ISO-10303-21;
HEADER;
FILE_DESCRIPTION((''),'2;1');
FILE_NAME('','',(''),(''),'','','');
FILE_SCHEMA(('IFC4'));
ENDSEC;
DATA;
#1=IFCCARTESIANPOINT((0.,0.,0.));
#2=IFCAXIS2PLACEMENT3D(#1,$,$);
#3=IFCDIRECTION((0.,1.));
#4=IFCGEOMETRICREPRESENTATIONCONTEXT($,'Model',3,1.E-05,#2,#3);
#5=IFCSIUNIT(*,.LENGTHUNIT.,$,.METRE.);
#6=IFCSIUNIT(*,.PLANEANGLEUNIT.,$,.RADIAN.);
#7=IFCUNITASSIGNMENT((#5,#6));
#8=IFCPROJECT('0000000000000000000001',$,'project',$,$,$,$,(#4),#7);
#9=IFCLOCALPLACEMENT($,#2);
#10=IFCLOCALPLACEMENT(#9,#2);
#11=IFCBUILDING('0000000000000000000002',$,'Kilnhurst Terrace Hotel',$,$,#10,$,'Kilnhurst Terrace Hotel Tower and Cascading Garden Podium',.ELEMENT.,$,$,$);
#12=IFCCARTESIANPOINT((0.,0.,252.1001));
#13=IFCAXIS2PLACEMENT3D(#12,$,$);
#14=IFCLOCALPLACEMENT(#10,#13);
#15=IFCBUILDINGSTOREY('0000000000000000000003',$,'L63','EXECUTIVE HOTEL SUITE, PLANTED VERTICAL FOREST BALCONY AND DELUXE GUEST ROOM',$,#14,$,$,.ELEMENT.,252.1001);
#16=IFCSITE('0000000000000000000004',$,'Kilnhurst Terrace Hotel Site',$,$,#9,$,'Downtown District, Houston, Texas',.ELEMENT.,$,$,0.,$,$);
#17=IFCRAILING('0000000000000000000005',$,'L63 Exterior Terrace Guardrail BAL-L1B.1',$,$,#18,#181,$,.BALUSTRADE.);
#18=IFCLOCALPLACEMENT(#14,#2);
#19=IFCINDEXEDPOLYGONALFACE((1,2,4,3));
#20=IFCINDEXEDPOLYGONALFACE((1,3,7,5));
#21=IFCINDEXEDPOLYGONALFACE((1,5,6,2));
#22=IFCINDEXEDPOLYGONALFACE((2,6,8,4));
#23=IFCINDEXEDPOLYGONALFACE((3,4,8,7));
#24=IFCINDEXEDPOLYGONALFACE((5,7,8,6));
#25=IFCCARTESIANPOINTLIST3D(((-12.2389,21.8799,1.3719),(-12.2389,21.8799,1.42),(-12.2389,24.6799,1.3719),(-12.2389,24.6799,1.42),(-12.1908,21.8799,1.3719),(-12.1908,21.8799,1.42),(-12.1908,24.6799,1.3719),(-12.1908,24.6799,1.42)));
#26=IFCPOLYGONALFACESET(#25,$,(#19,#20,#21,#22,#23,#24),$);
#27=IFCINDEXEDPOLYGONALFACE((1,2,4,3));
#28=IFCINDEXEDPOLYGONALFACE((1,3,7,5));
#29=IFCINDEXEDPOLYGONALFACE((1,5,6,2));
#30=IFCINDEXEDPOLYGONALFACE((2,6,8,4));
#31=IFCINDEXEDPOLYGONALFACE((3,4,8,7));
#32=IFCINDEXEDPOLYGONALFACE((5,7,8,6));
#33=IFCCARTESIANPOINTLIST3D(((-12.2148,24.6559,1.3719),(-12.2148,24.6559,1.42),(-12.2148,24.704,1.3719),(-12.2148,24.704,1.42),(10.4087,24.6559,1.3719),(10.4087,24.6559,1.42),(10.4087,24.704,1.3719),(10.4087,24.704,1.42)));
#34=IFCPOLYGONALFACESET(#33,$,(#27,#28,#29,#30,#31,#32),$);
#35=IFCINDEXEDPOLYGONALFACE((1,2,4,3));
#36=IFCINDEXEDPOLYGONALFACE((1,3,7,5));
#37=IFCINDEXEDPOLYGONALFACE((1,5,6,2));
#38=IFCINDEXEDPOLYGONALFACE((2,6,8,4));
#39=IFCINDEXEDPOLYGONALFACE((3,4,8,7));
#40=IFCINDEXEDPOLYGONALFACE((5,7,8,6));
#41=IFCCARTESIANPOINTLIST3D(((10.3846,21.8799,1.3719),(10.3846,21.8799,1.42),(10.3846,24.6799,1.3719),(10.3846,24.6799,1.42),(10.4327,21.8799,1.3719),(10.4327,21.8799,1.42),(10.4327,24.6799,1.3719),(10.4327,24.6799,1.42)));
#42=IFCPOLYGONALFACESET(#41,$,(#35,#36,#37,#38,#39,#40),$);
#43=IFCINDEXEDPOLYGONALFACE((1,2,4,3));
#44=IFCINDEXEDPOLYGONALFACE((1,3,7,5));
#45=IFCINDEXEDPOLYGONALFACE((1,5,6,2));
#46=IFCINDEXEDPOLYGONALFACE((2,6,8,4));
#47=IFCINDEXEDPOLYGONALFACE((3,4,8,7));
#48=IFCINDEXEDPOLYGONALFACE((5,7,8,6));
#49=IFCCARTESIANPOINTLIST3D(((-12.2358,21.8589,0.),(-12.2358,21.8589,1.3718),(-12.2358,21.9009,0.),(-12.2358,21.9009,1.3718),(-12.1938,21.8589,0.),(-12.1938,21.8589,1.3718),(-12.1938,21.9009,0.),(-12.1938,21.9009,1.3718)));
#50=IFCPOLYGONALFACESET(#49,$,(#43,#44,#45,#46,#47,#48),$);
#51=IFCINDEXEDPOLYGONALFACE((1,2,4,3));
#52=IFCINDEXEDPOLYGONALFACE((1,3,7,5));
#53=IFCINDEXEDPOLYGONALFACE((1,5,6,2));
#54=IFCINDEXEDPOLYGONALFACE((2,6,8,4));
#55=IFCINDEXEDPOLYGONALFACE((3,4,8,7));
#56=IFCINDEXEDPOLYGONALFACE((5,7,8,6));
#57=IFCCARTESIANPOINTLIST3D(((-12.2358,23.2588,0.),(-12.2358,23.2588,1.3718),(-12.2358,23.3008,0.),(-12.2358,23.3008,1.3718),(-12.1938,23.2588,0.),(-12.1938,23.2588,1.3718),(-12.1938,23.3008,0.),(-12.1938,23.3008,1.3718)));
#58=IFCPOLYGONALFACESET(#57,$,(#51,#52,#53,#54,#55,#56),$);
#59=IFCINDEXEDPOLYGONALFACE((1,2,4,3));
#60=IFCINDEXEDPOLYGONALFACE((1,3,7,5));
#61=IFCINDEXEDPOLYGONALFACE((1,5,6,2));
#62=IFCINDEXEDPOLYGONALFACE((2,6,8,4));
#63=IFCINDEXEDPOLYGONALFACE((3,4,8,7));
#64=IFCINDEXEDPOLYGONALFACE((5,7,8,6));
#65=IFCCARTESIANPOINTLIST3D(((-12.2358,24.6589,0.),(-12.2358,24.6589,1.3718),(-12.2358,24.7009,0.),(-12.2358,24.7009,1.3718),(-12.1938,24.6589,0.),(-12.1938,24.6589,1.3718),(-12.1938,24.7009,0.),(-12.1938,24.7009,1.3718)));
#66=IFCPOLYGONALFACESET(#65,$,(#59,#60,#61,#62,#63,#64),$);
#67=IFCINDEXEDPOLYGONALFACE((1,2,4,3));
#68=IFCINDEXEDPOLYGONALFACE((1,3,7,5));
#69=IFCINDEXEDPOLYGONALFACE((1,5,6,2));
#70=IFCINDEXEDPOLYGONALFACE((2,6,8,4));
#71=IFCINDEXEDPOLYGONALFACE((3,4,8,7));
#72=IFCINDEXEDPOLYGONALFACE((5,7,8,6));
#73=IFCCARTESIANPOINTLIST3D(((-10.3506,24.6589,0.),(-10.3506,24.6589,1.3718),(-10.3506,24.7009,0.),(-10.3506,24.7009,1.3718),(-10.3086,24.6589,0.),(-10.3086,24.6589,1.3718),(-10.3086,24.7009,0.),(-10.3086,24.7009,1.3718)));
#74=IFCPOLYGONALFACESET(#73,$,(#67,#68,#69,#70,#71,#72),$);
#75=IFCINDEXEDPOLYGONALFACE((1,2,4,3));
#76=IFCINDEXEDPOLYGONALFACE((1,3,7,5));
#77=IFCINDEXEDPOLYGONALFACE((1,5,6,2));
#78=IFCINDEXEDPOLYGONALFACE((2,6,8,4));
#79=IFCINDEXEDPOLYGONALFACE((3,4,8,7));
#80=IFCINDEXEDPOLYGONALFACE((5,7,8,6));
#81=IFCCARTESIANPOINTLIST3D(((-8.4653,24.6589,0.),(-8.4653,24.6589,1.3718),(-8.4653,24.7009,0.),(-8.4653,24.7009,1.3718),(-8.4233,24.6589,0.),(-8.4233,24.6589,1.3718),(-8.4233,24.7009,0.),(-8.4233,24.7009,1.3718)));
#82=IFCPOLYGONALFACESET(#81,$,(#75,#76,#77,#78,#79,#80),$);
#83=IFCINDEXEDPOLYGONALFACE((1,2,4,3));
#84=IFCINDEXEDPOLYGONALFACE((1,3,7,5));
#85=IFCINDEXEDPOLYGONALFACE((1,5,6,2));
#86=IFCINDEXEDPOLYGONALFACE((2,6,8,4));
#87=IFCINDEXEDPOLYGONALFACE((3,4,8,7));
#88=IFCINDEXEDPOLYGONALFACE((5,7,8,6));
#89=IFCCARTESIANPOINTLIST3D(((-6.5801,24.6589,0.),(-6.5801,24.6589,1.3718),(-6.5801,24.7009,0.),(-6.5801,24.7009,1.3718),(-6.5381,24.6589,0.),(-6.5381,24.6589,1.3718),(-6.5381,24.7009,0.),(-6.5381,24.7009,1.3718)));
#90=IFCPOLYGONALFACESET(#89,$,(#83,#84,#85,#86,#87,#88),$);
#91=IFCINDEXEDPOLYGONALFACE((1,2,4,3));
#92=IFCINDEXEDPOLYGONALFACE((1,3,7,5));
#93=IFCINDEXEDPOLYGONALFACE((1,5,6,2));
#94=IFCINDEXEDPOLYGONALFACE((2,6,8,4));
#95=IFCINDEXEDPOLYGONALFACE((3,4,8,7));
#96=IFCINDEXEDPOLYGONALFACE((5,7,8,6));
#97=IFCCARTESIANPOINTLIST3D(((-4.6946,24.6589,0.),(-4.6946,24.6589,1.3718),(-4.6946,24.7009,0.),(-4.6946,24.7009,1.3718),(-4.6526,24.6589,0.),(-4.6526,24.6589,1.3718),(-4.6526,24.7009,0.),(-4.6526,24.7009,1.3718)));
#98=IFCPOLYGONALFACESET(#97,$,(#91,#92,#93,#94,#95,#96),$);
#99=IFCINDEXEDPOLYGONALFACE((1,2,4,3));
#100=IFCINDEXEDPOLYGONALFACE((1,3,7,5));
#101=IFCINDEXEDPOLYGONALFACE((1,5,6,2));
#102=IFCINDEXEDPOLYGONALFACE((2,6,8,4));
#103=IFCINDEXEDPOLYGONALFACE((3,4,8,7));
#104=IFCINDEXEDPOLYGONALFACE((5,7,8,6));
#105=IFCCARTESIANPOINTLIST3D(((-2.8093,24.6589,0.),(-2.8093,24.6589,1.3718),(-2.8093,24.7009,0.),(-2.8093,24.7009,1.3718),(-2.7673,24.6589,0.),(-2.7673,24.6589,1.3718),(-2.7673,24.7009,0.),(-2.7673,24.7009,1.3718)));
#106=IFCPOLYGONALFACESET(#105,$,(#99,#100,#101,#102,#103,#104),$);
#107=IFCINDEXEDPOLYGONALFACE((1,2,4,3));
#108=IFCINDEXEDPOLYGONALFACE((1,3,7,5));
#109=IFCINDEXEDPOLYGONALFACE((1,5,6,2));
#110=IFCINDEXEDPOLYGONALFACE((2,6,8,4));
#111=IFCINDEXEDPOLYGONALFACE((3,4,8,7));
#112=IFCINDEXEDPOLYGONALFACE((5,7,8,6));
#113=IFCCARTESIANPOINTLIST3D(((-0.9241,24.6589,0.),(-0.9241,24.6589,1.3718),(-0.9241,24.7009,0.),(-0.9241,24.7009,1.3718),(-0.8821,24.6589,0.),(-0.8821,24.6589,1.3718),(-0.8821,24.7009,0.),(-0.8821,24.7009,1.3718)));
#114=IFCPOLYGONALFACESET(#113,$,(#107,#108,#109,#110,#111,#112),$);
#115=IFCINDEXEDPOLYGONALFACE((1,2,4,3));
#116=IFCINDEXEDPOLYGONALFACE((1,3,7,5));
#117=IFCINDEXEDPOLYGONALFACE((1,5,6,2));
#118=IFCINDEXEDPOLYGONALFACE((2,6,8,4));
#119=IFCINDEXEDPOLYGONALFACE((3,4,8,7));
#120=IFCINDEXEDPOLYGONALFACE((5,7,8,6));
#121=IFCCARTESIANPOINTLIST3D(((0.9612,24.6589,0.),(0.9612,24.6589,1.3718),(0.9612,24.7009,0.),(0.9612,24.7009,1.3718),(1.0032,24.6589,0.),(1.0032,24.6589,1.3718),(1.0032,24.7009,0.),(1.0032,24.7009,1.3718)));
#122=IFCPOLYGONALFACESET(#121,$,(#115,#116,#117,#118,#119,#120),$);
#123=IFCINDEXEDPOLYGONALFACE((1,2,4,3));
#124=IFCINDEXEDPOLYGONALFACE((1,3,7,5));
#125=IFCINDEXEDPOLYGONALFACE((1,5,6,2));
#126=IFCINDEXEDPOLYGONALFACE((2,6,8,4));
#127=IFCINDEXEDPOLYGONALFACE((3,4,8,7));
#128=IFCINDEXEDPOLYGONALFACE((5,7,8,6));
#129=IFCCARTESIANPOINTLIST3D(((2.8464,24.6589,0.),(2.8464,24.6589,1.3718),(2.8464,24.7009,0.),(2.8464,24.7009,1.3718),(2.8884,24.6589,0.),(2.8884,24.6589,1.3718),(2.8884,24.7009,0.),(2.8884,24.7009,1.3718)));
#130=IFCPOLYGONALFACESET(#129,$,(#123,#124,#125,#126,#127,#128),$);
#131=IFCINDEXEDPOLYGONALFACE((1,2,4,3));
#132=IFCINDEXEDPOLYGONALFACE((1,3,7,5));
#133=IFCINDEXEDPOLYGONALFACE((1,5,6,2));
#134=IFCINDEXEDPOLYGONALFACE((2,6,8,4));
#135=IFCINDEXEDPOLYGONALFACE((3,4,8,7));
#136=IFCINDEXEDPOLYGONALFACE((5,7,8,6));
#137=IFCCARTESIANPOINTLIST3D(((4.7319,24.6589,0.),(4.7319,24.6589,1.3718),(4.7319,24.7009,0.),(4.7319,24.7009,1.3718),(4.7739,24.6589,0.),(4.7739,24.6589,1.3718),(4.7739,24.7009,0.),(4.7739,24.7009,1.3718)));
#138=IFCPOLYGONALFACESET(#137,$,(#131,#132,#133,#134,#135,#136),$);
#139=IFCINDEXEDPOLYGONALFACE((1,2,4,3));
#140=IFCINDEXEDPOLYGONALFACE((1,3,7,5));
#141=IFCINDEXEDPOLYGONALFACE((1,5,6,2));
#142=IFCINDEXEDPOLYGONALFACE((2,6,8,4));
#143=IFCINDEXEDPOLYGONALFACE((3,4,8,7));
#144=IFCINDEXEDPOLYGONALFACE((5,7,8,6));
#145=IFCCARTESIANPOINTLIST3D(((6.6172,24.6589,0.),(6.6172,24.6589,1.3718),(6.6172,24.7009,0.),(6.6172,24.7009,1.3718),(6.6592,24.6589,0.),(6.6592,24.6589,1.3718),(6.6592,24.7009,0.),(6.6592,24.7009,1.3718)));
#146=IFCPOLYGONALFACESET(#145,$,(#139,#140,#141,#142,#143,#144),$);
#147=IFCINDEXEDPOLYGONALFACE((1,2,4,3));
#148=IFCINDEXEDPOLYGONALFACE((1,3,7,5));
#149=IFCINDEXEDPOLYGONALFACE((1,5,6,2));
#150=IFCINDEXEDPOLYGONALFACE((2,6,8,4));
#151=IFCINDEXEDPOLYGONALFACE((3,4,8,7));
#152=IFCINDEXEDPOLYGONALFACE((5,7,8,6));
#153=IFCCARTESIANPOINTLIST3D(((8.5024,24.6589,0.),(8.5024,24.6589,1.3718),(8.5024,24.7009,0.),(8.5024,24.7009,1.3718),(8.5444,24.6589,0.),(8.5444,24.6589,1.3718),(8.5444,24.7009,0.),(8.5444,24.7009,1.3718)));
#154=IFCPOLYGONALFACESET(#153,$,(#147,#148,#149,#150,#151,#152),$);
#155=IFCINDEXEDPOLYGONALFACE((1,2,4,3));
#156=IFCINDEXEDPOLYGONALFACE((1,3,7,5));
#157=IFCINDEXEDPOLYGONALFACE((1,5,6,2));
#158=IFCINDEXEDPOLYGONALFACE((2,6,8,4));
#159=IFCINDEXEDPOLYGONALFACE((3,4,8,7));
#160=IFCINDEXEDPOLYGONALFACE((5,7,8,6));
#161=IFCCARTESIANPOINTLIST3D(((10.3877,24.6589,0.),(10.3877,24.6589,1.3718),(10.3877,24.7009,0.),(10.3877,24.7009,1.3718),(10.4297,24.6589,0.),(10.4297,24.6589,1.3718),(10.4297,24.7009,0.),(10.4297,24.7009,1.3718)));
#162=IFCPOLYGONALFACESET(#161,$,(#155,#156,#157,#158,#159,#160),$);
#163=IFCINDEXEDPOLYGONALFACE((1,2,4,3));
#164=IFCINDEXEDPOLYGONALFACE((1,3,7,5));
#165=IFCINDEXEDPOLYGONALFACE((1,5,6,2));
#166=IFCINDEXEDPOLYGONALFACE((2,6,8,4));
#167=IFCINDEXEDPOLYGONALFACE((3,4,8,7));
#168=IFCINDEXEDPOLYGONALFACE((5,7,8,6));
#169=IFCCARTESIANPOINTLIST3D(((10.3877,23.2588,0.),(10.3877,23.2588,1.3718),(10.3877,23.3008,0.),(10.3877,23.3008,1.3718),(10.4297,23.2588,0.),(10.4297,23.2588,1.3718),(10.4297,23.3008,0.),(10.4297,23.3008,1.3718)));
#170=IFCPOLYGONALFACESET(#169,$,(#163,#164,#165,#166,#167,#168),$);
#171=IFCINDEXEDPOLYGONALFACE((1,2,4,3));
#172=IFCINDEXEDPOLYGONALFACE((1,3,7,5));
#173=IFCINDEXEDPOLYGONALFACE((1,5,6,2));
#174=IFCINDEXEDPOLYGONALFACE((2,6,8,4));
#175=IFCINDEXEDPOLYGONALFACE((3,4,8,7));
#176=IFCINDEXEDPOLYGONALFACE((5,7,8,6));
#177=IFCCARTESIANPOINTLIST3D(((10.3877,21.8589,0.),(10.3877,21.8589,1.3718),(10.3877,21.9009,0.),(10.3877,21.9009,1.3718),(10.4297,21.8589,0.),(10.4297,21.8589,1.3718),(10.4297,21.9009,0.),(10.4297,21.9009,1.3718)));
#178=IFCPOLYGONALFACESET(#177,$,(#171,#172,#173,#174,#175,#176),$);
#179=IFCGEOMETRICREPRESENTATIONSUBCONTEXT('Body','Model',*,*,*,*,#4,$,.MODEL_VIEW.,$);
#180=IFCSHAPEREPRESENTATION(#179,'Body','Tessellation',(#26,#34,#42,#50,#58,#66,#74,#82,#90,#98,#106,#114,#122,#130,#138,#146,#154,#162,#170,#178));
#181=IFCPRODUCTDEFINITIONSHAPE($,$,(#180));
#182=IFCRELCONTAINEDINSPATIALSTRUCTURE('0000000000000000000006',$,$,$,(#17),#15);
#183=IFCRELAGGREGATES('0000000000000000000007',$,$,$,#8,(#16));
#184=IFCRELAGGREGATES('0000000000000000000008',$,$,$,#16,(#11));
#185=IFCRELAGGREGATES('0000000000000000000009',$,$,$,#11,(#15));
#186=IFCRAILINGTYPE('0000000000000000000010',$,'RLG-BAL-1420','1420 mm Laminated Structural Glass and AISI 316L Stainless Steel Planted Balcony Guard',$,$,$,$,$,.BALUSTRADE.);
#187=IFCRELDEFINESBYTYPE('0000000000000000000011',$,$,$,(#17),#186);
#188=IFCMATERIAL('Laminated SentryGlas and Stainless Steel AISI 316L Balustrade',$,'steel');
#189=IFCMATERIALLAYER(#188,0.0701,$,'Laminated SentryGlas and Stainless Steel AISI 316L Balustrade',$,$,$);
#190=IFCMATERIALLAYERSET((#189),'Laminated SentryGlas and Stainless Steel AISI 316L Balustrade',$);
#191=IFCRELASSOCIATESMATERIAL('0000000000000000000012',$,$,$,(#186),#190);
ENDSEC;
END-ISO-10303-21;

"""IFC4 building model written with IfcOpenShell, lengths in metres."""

from ifc_helpers import new_model, si_unit, direction, frame, origin, origin_2d, place, context, subcontext, project, spatial, rectangle, extrude, material, layer, layer_set, type_object, element, save


model = new_model("IFC4")

# Units and contexts
model_context = context("Model", 3, precision=1e-05, world=origin(), true_north=direction((0.0, 1.0)))
body_context = subcontext(model_context, "Body", "Model", "MODEL_VIEW")
ifc_project = project(units=[si_unit("LENGTHUNIT", "METRE"), si_unit("PLANEANGLEUNIT", "RADIAN")], contexts=[model_context])

# Site, building, storey
site_placement = place(None, origin())
site = spatial("IfcSite", under=ifc_project, at=site_placement, Name="Kilnhurst Terrace Hotel Site", LongName="Downtown District, Houston, Texas", CompositionType="ELEMENT", RefElevation=0.0)
building_placement = place(site_placement, origin())
building = spatial("IfcBuilding", under=site, at=building_placement, Name="Kilnhurst Terrace Hotel", LongName="Kilnhurst Terrace Hotel Tower and Cascading Garden Podium", CompositionType="ELEMENT")
storey_placement = place(building_placement, frame((0.0, 0.0, 252.1001)))
storey = spatial("IfcBuildingStorey", under=building, at=storey_placement, Name="L63", Description="EXECUTIVE HOTEL SUITE, PLANTED VERTICAL FOREST BALCONY AND DELUXE GUEST ROOM", CompositionType="ELEMENT", Elevation=252.1001)

# Railing
ifc_material_1 = material(Name="Laminated SentryGlas and Stainless Steel AISI 316L Balustrade", Category="steel")
ifc_layer_1 = layer(ifc_material_1, 0.0701, Name="Laminated SentryGlas and Stainless Steel AISI 316L Balustrade")
ifc_layer_set_1 = layer_set([ifc_layer_1], Name="Laminated SentryGlas and Stainless Steel AISI 316L Balustrade")
railing_type = type_object("IfcRailingType", Name="RLG-BAL-1420", Description="1420 mm Laminated Structural Glass and AISI 316L Stainless Steel Planted Balcony Guard", PredefinedType="BALUSTRADE", material=ifc_layer_set_1)
railing_placement = place(storey_placement, frame((-12.2148, 21.8799, 0.0)))
element("IfcRailing", 1, at=railing_placement, inside=storey, type_object=railing_type, Name="L63 Exterior Terrace Guardrail BAL-L1B.1", PredefinedType="BALUSTRADE", context=body_context, shape_type="SweptSolid", body=[
    extrude(rectangle(XDim=0.0481, YDim=0.0481, at=origin_2d()), frame((0.0, 0.0, 1.396), z_axis=(0.0, 1.0, 0.0), x_axis=(-1.0, 0.0, 0.0)), (0.0, 0.0, 1.0), 2.8),
    extrude(rectangle(XDim=0.0481, YDim=0.0481, at=origin_2d()), frame((0.0, 2.8, 1.396), z_axis=(1.0, 0.0, 0.0), x_axis=(0.0, 1.0, 0.0)), (0.0, 0.0, 1.0), 22.6235),
    extrude(rectangle(XDim=0.0481, YDim=0.0481, at=origin_2d()), frame((22.6235, 2.8, 1.396), z_axis=(0.0, -1.0, 0.0), x_axis=(1.0, 0.0, 0.0)), (0.0, 0.0, 1.0), 2.8),
    extrude(rectangle(XDim=0.042, YDim=0.042, at=origin_2d()), origin(), (0.0, 0.0, 1.0), 1.3718),
    extrude(rectangle(XDim=0.042, YDim=0.042, at=origin_2d()), frame((0.0, 1.3999, 0.0)), (0.0, 0.0, 1.0), 1.3718),
    extrude(rectangle(XDim=0.042, YDim=0.042, at=origin_2d()), frame((0.0, 2.8, 0.0)), (0.0, 0.0, 1.0), 1.3718),
    extrude(rectangle(XDim=0.042, YDim=0.042, at=origin_2d()), frame((1.8853, 2.8, 0.0)), (0.0, 0.0, 1.0), 1.3718),
    extrude(rectangle(XDim=0.042, YDim=0.042, at=origin_2d()), frame((3.7705, 2.8, 0.0)), (0.0, 0.0, 1.0), 1.3718),
    extrude(rectangle(XDim=0.042, YDim=0.042, at=origin_2d()), frame((5.6558, 2.8, 0.0)), (0.0, 0.0, 1.0), 1.3718),
    extrude(rectangle(XDim=0.042, YDim=0.042, at=origin_2d()), frame((7.5413, 2.8, 0.0)), (0.0, 0.0, 1.0), 1.3718),
    extrude(rectangle(XDim=0.042, YDim=0.042, at=origin_2d()), frame((9.4265, 2.8, 0.0)), (0.0, 0.0, 1.0), 1.3718),
    extrude(rectangle(XDim=0.042, YDim=0.042, at=origin_2d()), frame((11.3118, 2.8, 0.0)), (0.0, 0.0, 1.0), 1.3718),
    extrude(rectangle(XDim=0.042, YDim=0.042, at=origin_2d()), frame((13.197, 2.8, 0.0)), (0.0, 0.0, 1.0), 1.3718),
    extrude(rectangle(XDim=0.042, YDim=0.042, at=origin_2d()), frame((15.0823, 2.8, 0.0)), (0.0, 0.0, 1.0), 1.3718),
    extrude(rectangle(XDim=0.042, YDim=0.042, at=origin_2d()), frame((16.9678, 2.8, 0.0)), (0.0, 0.0, 1.0), 1.3718),
    extrude(rectangle(XDim=0.042, YDim=0.042, at=origin_2d()), frame((18.853, 2.8, 0.0)), (0.0, 0.0, 1.0), 1.3718),
    extrude(rectangle(XDim=0.042, YDim=0.042, at=origin_2d()), frame((20.7383, 2.8, 0.0)), (0.0, 0.0, 1.0), 1.3718),
    extrude(rectangle(XDim=0.042, YDim=0.042, at=origin_2d()), frame((22.6235, 2.8, 0.0)), (0.0, 0.0, 1.0), 1.3718),
    extrude(rectangle(XDim=0.042, YDim=0.042, at=origin_2d()), frame((22.6235, 1.3999, 0.0)), (0.0, 0.0, 1.0), 1.3718),
    extrude(rectangle(XDim=0.042, YDim=0.042, at=origin_2d()), frame((22.6235, 0.0, 0.0)), (0.0, 0.0, 1.0), 1.3718),
])

save(model, "model.ifc")
